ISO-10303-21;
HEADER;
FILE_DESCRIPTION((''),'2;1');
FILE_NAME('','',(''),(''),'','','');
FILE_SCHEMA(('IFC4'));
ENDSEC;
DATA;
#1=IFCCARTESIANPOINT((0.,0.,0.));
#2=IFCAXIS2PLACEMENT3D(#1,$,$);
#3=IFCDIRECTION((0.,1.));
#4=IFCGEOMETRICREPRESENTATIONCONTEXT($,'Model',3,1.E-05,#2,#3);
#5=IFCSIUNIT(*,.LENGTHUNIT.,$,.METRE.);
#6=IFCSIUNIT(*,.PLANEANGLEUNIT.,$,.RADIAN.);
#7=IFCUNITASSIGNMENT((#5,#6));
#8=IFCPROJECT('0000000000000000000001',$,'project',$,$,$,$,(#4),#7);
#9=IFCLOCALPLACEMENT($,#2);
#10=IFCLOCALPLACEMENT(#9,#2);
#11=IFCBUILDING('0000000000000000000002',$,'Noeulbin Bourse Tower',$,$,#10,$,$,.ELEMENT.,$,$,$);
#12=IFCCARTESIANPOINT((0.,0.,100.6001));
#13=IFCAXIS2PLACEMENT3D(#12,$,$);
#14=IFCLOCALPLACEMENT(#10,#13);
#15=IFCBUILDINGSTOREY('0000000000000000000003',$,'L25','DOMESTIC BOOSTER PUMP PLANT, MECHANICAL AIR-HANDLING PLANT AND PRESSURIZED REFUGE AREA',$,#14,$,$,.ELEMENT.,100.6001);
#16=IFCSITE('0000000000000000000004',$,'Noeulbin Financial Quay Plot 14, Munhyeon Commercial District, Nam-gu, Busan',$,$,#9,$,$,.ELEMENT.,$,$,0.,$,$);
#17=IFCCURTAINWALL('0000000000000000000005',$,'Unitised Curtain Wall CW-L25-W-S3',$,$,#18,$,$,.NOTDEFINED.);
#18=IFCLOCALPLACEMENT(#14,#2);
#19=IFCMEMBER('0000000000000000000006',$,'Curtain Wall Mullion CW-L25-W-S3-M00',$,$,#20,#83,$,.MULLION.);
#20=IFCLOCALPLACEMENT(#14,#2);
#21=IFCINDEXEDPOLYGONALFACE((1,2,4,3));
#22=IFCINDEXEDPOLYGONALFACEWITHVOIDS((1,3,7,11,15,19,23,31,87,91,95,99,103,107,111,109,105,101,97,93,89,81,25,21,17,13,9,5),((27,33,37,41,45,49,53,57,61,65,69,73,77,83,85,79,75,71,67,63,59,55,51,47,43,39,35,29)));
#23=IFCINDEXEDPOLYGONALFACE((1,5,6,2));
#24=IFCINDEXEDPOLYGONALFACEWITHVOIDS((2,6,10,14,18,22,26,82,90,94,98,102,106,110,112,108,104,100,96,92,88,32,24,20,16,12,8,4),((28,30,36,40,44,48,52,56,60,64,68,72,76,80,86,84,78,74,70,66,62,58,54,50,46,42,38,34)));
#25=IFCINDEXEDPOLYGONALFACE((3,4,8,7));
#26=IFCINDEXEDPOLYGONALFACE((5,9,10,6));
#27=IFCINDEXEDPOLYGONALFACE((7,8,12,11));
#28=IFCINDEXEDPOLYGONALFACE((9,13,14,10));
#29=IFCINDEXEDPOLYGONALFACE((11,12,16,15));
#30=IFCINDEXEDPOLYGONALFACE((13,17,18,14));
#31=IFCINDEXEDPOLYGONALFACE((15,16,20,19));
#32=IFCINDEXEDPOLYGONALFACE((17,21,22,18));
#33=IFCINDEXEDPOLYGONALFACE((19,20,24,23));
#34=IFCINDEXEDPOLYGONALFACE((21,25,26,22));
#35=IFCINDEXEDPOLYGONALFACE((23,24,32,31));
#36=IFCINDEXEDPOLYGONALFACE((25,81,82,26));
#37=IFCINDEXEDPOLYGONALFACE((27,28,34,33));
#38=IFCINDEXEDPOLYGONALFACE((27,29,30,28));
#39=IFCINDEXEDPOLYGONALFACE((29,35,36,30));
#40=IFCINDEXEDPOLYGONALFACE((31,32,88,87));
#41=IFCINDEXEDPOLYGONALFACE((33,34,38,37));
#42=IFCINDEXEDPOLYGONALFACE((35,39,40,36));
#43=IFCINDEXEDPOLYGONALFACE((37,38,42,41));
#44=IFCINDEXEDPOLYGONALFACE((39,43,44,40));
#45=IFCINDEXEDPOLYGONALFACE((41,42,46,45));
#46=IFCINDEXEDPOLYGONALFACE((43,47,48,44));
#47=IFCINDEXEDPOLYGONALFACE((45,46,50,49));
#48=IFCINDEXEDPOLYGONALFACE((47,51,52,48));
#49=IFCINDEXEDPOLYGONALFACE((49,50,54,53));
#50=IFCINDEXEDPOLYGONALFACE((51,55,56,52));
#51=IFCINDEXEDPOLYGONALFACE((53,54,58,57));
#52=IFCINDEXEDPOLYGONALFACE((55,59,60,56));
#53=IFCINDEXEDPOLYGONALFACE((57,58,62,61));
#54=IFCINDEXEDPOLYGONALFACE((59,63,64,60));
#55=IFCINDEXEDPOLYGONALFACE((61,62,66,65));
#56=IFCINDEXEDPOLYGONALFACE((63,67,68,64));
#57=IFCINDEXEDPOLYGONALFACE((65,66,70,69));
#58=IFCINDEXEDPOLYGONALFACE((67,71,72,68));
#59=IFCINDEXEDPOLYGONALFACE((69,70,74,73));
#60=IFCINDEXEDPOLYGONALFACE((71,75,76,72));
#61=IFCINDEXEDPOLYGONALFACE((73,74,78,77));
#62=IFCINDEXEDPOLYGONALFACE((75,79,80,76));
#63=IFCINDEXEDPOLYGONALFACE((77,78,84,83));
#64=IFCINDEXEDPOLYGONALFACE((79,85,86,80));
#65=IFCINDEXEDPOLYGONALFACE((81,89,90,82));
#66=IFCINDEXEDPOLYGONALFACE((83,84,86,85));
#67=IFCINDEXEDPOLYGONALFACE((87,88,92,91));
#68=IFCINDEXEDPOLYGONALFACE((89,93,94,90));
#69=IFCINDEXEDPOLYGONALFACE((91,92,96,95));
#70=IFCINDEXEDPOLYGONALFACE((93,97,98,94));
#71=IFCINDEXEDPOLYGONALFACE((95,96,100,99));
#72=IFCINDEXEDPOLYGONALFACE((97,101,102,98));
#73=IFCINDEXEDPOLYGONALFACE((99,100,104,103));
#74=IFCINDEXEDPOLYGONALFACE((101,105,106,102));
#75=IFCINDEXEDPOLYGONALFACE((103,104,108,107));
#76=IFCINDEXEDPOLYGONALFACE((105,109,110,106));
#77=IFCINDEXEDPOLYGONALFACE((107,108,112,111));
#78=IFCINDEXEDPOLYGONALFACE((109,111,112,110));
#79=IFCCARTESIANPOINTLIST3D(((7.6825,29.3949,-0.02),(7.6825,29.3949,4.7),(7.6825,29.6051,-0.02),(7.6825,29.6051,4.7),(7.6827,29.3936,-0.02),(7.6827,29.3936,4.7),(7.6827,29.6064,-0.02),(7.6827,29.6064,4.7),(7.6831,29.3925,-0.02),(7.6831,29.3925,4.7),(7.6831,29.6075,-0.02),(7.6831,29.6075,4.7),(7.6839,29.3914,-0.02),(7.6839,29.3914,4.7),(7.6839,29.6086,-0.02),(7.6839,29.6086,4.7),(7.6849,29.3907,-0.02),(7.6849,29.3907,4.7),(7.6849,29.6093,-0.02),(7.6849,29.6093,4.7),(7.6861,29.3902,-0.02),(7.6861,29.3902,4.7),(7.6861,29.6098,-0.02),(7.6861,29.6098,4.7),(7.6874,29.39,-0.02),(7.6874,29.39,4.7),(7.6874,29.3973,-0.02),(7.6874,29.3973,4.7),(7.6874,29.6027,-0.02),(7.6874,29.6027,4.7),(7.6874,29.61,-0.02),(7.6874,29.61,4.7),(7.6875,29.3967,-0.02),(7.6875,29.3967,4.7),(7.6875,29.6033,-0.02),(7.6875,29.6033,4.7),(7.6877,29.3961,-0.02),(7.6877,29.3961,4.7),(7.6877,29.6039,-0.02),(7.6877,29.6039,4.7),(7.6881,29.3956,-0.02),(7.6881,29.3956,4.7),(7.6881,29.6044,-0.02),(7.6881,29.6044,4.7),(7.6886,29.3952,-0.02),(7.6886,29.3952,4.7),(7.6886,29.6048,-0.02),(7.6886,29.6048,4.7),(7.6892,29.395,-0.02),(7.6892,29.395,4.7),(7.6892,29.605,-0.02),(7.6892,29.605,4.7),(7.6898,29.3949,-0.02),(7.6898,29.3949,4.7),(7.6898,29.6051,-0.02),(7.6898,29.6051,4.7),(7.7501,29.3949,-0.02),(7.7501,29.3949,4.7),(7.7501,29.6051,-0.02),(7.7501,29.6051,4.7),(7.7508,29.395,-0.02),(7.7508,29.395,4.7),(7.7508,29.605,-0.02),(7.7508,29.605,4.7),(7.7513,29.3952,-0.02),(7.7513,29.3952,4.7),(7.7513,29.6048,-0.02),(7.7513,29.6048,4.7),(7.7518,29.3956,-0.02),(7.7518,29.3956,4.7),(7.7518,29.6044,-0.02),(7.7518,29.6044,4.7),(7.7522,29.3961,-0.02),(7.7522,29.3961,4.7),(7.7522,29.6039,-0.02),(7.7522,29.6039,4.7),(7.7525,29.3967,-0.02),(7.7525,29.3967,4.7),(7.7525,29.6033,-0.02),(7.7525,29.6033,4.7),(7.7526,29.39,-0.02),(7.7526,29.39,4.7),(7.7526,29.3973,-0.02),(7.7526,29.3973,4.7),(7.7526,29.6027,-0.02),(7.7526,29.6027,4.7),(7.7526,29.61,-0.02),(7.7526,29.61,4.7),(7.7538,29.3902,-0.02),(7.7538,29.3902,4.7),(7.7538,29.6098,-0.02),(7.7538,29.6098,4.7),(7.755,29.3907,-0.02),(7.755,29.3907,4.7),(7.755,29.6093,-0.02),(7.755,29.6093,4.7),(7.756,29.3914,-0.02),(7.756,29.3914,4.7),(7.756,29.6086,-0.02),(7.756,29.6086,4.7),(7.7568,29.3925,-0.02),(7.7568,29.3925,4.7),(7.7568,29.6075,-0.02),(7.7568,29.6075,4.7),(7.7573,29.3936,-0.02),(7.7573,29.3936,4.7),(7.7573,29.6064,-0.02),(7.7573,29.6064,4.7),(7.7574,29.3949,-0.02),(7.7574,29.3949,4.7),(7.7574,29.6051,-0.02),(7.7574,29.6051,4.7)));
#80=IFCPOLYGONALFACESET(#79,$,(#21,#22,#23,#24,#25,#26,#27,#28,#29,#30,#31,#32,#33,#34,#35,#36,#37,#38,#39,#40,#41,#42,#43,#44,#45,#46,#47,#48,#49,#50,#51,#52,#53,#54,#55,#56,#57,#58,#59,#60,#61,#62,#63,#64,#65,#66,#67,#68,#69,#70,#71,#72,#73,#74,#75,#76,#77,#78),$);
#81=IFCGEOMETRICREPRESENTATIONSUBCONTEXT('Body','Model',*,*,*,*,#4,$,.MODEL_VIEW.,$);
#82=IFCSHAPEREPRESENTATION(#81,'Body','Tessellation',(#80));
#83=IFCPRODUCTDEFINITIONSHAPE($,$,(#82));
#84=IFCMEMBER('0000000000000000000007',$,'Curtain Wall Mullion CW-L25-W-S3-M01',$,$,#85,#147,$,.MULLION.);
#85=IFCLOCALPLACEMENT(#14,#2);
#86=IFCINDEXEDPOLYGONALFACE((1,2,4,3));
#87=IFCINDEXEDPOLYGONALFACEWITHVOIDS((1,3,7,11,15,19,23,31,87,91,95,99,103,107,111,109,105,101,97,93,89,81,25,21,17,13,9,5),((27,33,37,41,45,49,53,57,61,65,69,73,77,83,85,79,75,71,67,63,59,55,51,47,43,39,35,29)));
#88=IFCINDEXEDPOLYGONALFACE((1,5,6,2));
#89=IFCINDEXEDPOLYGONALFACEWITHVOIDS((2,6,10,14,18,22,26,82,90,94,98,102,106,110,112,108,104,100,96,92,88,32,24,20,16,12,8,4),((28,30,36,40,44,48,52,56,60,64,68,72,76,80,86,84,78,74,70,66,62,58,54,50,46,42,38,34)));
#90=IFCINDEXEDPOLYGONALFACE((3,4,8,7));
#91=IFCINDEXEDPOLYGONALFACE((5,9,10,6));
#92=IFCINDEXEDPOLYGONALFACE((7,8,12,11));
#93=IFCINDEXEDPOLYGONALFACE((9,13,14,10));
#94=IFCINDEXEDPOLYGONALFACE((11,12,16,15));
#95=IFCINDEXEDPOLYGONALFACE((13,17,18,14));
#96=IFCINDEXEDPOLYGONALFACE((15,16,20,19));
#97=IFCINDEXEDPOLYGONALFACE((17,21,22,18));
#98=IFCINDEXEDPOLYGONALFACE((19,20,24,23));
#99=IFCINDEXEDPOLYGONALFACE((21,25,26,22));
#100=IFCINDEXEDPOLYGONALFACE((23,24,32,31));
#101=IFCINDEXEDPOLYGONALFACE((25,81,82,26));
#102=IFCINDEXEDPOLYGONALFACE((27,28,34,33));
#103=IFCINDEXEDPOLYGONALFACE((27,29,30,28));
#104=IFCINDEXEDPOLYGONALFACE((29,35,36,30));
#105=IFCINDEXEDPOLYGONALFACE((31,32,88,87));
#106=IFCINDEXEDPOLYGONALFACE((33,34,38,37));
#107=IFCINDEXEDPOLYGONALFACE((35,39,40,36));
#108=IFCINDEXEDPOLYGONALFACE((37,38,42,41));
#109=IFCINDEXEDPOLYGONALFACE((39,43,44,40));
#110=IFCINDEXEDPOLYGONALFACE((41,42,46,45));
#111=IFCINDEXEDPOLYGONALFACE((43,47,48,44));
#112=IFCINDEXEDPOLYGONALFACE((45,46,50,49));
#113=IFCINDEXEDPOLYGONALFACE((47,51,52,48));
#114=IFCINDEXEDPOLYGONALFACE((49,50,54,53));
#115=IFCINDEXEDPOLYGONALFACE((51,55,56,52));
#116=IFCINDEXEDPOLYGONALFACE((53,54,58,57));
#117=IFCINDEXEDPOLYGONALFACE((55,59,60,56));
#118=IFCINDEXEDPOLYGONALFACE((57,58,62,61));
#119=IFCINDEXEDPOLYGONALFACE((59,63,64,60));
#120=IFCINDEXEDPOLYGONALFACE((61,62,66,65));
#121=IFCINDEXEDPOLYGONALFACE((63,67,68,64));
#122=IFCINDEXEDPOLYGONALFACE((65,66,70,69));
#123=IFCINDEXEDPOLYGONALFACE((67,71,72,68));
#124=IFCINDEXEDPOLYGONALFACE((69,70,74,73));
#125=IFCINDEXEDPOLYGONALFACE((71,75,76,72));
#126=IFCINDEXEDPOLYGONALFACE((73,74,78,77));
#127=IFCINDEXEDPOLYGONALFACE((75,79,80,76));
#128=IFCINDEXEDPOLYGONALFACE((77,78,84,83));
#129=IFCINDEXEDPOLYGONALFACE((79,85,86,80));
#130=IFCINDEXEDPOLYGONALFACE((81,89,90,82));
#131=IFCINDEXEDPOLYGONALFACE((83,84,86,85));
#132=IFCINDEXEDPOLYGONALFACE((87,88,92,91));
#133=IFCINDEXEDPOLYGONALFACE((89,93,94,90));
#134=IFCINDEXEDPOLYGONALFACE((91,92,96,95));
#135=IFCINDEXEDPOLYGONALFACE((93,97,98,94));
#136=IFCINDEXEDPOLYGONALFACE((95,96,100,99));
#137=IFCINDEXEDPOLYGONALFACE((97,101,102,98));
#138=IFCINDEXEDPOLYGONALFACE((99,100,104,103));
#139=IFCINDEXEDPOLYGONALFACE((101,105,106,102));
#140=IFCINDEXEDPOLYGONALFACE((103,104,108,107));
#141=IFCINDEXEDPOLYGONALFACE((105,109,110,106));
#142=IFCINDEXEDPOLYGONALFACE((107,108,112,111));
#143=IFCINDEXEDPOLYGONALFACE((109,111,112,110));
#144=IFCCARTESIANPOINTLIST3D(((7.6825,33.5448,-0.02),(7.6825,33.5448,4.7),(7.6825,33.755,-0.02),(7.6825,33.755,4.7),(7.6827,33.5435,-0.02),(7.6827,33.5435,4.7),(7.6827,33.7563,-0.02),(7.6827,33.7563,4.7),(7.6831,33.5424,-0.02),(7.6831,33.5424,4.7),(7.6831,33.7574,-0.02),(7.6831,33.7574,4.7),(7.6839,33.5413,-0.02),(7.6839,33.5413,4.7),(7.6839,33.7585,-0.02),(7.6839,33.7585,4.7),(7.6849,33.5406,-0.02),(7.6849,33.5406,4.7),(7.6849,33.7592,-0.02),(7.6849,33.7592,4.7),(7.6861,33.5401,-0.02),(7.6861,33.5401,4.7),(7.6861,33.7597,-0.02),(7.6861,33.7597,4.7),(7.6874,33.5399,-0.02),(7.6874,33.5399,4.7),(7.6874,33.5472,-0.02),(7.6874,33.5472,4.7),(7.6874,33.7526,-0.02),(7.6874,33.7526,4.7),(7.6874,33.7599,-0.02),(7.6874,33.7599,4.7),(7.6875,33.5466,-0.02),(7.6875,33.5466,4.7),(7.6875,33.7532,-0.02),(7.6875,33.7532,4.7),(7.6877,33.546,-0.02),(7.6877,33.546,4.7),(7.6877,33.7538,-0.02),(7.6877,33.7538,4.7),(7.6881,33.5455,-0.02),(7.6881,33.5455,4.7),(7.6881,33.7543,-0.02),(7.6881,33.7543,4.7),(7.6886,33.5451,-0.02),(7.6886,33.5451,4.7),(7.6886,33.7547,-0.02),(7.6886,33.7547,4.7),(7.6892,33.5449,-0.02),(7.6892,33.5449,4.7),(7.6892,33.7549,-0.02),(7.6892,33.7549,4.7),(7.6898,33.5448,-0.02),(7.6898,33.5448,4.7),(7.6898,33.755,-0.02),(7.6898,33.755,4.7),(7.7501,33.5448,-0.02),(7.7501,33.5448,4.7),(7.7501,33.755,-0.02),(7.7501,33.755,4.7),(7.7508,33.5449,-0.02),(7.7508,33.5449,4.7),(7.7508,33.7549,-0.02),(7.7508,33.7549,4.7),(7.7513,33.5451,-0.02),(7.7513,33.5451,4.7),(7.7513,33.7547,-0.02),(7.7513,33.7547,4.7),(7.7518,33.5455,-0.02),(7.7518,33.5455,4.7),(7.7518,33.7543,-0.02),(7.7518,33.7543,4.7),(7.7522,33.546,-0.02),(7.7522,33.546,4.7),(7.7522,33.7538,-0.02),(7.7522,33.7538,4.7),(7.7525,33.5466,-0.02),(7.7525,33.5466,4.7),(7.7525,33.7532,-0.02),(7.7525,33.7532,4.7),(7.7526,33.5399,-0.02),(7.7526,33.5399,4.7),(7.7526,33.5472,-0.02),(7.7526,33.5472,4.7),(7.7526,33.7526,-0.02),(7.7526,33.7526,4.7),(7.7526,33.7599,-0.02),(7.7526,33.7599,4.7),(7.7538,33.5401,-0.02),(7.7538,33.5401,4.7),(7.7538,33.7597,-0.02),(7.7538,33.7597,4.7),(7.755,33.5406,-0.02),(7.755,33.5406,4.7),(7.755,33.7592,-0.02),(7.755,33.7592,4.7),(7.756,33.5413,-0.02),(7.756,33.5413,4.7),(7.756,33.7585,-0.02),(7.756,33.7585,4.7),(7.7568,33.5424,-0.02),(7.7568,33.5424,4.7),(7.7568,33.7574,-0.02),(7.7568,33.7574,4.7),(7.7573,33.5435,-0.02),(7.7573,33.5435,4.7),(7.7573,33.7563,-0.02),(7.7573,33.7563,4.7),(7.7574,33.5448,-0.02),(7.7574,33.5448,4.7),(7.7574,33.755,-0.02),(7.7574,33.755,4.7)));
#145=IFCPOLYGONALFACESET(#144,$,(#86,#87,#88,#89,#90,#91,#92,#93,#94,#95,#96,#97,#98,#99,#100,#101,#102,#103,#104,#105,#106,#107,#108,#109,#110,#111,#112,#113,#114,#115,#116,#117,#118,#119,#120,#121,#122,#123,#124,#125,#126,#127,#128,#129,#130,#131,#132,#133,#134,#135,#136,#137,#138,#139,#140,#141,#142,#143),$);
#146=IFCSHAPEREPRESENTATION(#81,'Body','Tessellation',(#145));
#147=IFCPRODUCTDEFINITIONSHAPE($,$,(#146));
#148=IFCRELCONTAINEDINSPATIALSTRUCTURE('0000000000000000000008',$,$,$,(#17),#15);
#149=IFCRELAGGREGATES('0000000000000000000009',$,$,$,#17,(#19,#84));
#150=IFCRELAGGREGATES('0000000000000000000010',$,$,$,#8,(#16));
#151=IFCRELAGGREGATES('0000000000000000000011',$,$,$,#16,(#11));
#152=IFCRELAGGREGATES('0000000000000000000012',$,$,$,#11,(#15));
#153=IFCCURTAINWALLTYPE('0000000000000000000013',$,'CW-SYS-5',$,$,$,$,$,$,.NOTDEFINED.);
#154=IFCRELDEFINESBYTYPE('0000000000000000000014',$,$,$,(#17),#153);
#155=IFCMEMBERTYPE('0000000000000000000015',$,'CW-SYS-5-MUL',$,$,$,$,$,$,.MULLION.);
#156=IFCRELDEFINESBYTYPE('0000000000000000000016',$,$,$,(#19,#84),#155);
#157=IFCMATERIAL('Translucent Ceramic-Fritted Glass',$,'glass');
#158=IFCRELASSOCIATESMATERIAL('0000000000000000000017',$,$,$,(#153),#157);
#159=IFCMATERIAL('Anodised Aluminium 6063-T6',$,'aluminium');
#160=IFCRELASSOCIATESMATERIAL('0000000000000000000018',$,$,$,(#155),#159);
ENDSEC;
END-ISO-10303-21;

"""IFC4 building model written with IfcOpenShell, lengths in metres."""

from ifc_helpers import new_model, si_unit, direction, frame, origin, origin_2d, place, context, subcontext, project, spatial, hollow_rectangle, extrude, material, material_profile, profile_set, type_object, element, aggregate, save


model = new_model("IFC4")

# Units and contexts
model_context = context("Model", 3, precision=1e-05, world=origin(), true_north=direction((0.0, 1.0)))
body_context = subcontext(model_context, "Body", "Model", "MODEL_VIEW")
ifc_project = project(units=[si_unit("LENGTHUNIT", "METRE"), si_unit("PLANEANGLEUNIT", "RADIAN")], contexts=[model_context])

# Site, building, storey
site_placement = place(None, origin())
site = spatial("IfcSite", under=ifc_project, at=site_placement, Name="Noeulbin Financial Quay Plot 14, Munhyeon Commercial District, Nam-gu, Busan", CompositionType="ELEMENT", RefElevation=0.0)
building_placement = place(site_placement, origin())
building = spatial("IfcBuilding", under=site, at=building_placement, Name="Noeulbin Bourse Tower", CompositionType="ELEMENT")
storey_placement = place(building_placement, frame((0.0, 0.0, 100.6001)))
storey = spatial("IfcBuildingStorey", under=building, at=storey_placement, Name="L25", Description="DOMESTIC BOOSTER PUMP PLANT, MECHANICAL AIR-HANDLING PLANT AND PRESSURIZED REFUGE AREA", CompositionType="ELEMENT", Elevation=100.6001)

# Curtain wall, members
ifc_material_1 = material(Name="Translucent Ceramic-Fritted Glass", Category="glass")
curtain_wall_type = type_object("IfcCurtainWallType", Name="CW-SYS-5", PredefinedType="NOTDEFINED", material=ifc_material_1)
curtain_wall_placement = place(storey_placement, origin())
curtain_wall = element("IfcCurtainWall", 1, at=curtain_wall_placement, inside=storey, type_object=curtain_wall_type, Name="Unitised Curtain Wall CW-L25-W-S3", PredefinedType="NOTDEFINED")
ifc_material_2 = material(Name="Anodised Aluminium 6063-T6", Category="aluminium")
ifc_material_profile_1 = material_profile(ifc_material_2, hollow_rectangle(XDim=0.075, YDim=0.22, WallThickness=0.0049, InnerFilletRadius=0.0024, OuterFilletRadius=0.0049, at=origin_2d()), Name="ALU-MULL-75x220x5", Category="LoadBearing")
ifc_profile_set_1 = profile_set([ifc_material_profile_1], Name="Anodised Aluminium 6063-T6")
member_type_1 = type_object("IfcMemberType", Name="CW-SYS-5-MUL", PredefinedType="MULLION", material=ifc_profile_set_1)
member_1_placement = place(storey_placement, frame((7.72, 29.5, -0.02), z_axis=(0.0, 0.0, 1.0), x_axis=(1.0, 0.0, 0.0)))
member_1 = element("IfcMember", 2, at=member_1_placement, type_object=member_type_1, Name="Curtain Wall Mullion CW-L25-W-S3-M00", PredefinedType="MULLION", context=body_context, shape_type="SweptSolid", body=[
    extrude(hollow_rectangle(XDim=0.075, YDim=0.22, WallThickness=0.0049, InnerFilletRadius=0.0024, OuterFilletRadius=0.0049, at=origin_2d()), origin(), (0.0, 0.0, 1.0), 4.72),
])
member_2_placement = place(storey_placement, frame((7.72, 33.6499, -0.02), z_axis=(0.0, 0.0, 1.0), x_axis=(1.0, 0.0, 0.0)))
member_2 = element("IfcMember", 3, at=member_2_placement, type_object=member_type_1, Name="Curtain Wall Mullion CW-L25-W-S3-M01", PredefinedType="MULLION", context=body_context, shape_type="SweptSolid", body=[
    extrude(hollow_rectangle(XDim=0.075, YDim=0.22, WallThickness=0.0049, InnerFilletRadius=0.0024, OuterFilletRadius=0.0049, at=origin_2d()), origin(), (0.0, 0.0, 1.0), 4.72),
])
aggregate(curtain_wall, [member_1, member_2])

save(model, "model.ifc")
